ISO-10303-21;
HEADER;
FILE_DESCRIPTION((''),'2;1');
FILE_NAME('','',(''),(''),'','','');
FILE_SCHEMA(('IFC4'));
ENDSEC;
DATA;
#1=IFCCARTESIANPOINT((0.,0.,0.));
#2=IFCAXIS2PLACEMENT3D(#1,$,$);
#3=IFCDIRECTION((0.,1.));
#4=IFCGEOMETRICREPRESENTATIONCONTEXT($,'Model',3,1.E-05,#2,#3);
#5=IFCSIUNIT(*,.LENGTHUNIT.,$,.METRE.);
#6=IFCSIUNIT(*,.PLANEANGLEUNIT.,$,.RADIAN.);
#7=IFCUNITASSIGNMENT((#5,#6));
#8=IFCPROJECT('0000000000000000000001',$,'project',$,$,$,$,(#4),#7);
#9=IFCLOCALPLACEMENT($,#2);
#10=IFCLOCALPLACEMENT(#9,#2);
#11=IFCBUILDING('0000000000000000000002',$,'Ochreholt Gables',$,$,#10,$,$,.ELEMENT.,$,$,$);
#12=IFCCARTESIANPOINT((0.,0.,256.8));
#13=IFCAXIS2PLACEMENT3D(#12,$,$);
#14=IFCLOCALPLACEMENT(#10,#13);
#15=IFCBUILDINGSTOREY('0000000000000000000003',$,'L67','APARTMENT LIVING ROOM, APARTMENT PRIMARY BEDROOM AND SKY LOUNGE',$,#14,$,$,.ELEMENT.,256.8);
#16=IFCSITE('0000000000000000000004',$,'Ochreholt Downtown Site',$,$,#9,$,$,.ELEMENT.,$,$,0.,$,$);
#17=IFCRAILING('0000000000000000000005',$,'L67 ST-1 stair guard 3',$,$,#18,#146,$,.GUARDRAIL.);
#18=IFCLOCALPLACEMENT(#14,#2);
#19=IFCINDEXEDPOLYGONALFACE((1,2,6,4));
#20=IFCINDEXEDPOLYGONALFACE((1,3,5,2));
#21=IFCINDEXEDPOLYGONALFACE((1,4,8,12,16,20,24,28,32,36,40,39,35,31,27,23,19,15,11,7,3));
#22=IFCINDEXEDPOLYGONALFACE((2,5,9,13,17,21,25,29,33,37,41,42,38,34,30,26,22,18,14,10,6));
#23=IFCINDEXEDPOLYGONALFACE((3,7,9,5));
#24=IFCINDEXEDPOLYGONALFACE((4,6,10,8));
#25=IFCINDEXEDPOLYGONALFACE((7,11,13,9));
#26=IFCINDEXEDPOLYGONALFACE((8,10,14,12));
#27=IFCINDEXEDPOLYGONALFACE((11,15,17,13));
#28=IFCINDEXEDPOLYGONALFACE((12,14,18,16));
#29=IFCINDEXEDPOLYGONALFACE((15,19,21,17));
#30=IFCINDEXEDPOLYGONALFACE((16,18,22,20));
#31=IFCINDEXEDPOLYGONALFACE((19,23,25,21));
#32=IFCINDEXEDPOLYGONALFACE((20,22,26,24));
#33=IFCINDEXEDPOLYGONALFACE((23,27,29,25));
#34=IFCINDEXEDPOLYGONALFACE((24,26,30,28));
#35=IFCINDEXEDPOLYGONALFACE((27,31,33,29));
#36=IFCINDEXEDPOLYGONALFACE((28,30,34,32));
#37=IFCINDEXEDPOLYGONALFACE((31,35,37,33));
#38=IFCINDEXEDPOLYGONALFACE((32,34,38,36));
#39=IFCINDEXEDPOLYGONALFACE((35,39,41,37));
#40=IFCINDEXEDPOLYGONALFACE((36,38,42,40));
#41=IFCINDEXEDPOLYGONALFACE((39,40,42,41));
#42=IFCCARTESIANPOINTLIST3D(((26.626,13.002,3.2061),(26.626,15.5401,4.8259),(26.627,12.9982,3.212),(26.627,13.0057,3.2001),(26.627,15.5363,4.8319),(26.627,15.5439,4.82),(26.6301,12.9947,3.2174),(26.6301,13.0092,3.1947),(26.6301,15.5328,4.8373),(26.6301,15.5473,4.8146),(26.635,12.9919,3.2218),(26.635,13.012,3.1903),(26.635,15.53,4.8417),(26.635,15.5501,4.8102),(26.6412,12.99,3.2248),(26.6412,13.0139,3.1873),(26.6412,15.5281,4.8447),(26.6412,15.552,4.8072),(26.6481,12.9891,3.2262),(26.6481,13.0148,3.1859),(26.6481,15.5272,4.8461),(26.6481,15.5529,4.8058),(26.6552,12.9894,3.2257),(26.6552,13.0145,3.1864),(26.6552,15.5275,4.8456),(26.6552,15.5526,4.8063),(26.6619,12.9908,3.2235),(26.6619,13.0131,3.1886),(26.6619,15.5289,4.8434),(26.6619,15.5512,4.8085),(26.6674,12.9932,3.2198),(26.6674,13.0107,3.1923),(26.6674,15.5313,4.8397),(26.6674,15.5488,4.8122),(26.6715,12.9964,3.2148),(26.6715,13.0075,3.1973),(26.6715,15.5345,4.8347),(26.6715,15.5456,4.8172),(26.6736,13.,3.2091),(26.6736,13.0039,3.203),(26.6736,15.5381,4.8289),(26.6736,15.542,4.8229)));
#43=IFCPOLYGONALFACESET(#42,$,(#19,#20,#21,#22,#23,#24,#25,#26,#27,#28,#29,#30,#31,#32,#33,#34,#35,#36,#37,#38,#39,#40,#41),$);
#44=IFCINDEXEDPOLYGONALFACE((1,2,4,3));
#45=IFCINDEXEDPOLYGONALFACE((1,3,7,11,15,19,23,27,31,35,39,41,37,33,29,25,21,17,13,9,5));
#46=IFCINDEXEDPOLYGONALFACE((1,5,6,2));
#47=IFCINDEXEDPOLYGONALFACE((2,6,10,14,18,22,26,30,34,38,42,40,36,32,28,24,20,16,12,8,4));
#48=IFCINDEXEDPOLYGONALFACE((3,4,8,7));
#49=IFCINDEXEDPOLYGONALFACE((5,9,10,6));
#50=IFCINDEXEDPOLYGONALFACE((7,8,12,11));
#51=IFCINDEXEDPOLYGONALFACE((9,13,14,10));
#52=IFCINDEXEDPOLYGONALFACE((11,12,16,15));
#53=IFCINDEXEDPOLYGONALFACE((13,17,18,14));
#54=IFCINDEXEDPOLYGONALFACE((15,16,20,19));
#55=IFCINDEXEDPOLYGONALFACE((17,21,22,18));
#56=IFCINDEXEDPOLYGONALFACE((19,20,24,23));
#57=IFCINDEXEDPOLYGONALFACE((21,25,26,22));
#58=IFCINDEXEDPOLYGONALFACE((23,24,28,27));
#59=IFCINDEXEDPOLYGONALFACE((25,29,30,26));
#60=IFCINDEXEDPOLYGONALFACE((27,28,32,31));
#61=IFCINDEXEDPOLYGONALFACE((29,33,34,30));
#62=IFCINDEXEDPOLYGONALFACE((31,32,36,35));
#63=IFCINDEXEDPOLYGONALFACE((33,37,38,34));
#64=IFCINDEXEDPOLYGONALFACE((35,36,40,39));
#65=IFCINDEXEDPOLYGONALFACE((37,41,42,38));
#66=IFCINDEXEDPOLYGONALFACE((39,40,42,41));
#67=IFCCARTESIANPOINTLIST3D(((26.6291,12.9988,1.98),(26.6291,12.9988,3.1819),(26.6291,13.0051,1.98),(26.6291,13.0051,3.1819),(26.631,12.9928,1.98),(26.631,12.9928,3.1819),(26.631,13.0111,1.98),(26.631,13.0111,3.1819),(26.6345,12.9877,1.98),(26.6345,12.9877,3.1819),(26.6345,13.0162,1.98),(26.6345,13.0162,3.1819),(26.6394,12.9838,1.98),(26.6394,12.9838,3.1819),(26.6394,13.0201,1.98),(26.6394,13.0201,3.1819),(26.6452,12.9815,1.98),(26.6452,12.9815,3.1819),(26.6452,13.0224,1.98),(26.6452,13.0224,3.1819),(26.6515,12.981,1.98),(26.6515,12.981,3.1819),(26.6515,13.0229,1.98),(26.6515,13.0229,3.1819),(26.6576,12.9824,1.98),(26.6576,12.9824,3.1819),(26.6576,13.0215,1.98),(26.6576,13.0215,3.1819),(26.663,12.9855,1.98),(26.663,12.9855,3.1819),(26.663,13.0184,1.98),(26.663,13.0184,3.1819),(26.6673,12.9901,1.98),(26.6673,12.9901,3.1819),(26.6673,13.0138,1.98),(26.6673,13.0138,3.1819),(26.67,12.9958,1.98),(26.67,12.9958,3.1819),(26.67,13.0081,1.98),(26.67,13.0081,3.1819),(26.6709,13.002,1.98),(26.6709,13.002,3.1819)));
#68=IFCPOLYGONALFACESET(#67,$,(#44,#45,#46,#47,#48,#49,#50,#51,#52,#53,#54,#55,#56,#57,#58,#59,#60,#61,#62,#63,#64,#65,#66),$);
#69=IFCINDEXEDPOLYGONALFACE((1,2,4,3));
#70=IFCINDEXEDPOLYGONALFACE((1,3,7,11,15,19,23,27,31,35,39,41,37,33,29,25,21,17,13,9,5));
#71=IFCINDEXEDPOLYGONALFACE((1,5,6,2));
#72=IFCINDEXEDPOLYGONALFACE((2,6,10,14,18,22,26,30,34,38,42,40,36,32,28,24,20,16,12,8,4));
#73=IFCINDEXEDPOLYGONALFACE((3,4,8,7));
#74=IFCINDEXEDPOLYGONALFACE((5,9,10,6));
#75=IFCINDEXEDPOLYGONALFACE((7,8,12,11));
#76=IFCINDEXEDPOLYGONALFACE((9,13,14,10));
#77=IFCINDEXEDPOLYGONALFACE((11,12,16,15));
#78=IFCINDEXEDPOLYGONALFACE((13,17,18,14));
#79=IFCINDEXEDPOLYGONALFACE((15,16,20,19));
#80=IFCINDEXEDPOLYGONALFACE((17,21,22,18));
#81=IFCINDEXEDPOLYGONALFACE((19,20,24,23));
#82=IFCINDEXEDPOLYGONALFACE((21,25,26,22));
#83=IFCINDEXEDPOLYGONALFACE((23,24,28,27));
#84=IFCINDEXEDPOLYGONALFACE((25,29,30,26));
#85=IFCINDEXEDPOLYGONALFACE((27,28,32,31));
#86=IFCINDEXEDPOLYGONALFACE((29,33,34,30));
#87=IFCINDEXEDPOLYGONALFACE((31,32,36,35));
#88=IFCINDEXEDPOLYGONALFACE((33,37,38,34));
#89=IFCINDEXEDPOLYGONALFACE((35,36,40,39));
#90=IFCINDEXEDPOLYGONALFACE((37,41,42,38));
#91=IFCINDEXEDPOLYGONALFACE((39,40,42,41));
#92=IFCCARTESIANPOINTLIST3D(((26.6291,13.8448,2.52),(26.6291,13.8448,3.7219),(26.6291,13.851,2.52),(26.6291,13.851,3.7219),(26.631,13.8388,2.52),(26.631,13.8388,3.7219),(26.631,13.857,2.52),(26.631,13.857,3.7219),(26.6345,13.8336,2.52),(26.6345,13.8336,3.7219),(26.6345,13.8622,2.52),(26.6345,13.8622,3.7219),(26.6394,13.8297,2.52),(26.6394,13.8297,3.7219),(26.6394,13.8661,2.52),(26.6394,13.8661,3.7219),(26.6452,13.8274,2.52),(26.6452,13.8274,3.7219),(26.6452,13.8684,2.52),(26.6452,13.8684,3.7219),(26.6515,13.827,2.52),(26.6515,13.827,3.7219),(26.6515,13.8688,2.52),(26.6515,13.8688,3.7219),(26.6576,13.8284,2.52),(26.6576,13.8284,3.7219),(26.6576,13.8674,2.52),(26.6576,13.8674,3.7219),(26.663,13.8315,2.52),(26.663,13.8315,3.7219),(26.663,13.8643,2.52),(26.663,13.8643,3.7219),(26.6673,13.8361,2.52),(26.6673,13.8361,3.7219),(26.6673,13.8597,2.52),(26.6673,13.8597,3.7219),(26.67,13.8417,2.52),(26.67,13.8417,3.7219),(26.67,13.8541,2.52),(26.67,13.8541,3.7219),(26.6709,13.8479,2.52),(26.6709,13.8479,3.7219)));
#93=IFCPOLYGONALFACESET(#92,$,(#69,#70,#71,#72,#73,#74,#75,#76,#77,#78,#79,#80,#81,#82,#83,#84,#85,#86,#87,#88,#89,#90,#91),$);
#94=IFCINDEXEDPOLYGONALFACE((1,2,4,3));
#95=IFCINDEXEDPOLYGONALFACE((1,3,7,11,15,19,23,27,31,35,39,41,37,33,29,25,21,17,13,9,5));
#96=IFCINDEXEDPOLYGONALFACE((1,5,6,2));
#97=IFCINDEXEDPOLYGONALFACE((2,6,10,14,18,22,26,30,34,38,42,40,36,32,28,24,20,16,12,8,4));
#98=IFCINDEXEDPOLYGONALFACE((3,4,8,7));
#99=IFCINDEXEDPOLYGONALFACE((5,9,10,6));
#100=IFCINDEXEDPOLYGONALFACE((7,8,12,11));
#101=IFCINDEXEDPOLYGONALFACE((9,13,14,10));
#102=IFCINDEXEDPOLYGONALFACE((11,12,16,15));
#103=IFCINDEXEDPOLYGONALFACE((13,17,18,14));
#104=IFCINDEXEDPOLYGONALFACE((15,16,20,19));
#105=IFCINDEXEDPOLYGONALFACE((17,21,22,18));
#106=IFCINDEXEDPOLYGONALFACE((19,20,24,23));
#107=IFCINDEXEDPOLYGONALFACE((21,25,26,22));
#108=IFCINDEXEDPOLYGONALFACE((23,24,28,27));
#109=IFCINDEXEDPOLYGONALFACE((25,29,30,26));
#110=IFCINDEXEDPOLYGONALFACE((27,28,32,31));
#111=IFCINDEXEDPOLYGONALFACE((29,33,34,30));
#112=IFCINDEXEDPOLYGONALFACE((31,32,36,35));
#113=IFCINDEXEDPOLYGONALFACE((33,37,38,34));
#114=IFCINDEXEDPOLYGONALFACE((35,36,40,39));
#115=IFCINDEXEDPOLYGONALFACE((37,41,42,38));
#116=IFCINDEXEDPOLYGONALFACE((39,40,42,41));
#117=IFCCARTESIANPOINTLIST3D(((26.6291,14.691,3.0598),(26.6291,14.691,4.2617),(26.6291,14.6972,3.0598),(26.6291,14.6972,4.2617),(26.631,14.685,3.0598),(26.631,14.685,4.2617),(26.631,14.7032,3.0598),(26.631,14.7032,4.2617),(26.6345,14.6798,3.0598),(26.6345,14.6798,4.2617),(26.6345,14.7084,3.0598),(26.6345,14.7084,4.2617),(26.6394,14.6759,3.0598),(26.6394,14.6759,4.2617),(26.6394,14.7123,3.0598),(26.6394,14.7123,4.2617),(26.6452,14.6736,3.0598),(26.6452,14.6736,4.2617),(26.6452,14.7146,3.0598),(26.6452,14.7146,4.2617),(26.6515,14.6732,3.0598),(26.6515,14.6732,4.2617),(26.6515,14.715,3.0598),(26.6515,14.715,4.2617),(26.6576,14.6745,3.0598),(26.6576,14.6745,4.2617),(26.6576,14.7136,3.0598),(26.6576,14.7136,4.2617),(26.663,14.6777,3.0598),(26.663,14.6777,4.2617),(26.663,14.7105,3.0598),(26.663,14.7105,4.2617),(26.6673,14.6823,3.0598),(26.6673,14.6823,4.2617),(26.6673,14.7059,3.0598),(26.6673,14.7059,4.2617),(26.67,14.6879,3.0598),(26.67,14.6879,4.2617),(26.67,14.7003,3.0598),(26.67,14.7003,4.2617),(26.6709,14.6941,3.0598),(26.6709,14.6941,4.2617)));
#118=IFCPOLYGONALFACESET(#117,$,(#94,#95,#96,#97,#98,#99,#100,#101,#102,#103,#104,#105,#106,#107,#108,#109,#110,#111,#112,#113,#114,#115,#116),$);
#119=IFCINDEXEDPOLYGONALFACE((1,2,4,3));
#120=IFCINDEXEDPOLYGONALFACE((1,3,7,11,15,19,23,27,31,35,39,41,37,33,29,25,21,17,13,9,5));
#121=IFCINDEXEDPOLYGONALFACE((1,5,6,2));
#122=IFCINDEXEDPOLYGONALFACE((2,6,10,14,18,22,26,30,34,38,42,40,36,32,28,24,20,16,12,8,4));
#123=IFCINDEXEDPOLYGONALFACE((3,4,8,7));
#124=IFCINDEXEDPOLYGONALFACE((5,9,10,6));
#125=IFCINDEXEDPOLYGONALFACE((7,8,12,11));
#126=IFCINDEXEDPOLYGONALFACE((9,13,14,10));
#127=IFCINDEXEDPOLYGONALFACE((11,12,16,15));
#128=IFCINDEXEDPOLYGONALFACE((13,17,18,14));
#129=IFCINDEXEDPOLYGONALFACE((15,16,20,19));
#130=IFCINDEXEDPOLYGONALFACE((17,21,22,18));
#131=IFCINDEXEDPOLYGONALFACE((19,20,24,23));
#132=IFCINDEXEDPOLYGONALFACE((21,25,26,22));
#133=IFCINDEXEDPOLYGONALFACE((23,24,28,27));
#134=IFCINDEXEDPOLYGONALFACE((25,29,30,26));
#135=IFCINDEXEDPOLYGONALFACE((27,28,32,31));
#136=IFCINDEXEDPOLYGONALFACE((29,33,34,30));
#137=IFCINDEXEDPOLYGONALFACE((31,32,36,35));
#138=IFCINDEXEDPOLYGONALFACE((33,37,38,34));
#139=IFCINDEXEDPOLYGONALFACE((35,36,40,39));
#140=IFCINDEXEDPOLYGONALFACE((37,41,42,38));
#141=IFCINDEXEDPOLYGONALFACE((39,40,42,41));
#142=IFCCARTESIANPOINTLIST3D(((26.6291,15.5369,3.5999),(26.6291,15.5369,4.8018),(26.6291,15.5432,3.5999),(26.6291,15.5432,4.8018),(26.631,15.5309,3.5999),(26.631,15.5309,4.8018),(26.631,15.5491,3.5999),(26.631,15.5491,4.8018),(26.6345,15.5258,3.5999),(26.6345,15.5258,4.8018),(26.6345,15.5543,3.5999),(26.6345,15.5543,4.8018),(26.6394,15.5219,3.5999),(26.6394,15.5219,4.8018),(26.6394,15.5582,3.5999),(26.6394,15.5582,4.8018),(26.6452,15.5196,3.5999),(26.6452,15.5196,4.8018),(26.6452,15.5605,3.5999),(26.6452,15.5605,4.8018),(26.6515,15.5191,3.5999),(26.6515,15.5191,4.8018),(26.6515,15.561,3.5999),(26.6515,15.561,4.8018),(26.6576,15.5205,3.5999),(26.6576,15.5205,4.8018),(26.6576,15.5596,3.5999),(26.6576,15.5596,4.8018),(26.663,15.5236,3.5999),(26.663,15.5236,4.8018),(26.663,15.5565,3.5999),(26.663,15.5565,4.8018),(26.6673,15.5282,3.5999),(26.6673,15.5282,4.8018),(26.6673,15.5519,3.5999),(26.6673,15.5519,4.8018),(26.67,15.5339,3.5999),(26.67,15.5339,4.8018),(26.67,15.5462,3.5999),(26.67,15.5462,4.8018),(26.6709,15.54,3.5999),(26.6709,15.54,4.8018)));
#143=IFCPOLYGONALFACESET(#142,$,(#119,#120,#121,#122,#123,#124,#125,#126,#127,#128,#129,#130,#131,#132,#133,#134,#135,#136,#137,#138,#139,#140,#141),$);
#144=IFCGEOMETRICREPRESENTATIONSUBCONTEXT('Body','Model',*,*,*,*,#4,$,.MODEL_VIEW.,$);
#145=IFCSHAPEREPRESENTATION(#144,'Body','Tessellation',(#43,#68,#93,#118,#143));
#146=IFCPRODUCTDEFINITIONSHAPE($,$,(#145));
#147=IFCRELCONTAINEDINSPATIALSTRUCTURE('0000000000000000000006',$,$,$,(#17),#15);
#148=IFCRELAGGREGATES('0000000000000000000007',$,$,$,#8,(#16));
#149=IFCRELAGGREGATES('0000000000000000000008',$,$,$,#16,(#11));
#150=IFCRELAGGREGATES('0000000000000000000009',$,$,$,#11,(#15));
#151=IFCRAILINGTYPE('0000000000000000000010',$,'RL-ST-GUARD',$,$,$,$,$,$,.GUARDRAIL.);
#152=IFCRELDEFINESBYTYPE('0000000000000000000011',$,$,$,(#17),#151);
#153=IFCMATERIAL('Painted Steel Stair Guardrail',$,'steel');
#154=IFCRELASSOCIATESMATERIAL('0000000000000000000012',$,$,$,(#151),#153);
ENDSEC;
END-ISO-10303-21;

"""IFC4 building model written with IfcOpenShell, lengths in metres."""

from ifc_helpers import new_model, si_unit, direction, frame, origin, origin_2d, place, context, subcontext, project, spatial, circle, extrude, material, type_object, element, save


model = new_model("IFC4")

# Units and contexts
model_context = context("Model", 3, precision=1e-05, world=origin(), true_north=direction((0.0, 1.0)))
body_context = subcontext(model_context, "Body", "Model", "MODEL_VIEW")
ifc_project = project(units=[si_unit("LENGTHUNIT", "METRE"), si_unit("PLANEANGLEUNIT", "RADIAN")], contexts=[model_context])

# Site, building, storey
site_placement = place(None, origin())
site = spatial("IfcSite", under=ifc_project, at=site_placement, Name="Ochreholt Downtown Site", CompositionType="ELEMENT", RefElevation=0.0)
building_placement = place(site_placement, origin())
building = spatial("IfcBuilding", under=site, at=building_placement, Name="Ochreholt Gables", CompositionType="ELEMENT")
storey_placement = place(building_placement, frame((0.0, 0.0, 256.8)))
storey = spatial("IfcBuildingStorey", under=building, at=storey_placement, Name="L67", Description="APARTMENT LIVING ROOM, APARTMENT PRIMARY BEDROOM AND SKY LOUNGE", CompositionType="ELEMENT", Elevation=256.8)

# Railing
ifc_material_1 = material(Name="Painted Steel Stair Guardrail", Category="steel")
railing_type_1 = type_object("IfcRailingType", Name="RL-ST-GUARD", PredefinedType="GUARDRAIL", material=ifc_material_1)
railing_1_placement = place(storey_placement, frame((26.6499, 13.002, 1.98)))
element("IfcRailing", 1, at=railing_1_placement, inside=storey, type_object=railing_type_1, Name="L67 ST-1 stair guard 3", PredefinedType="GUARDRAIL", context=body_context, shape_type="SweptSolid", body=[
    extrude(circle(Radius=0.0239, at=origin_2d()), frame((0.0, 0.0, 1.2261), z_axis=(0.0, 0.84295, 0.537993), x_axis=(-1.0, 0.0, 0.0)), (0.0, 0.0, 1.0), 3.011),
    extrude(circle(Radius=0.021, at=origin_2d()), origin(), (0.0, 0.0, 1.0), 1.2019),
    extrude(circle(Radius=0.021, at=origin_2d()), frame((0.0, 0.8459, 0.54)), (0.0, 0.0, 1.0), 1.2019),
    extrude(circle(Radius=0.021, at=origin_2d()), frame((0.0, 1.6921, 1.0798)), (0.0, 0.0, 1.0), 1.2019),
    extrude(circle(Radius=0.021, at=origin_2d()), frame((0.0, 2.5381, 1.6199)), (0.0, 0.0, 1.0), 1.2019),
])

save(model, "model.ifc")
